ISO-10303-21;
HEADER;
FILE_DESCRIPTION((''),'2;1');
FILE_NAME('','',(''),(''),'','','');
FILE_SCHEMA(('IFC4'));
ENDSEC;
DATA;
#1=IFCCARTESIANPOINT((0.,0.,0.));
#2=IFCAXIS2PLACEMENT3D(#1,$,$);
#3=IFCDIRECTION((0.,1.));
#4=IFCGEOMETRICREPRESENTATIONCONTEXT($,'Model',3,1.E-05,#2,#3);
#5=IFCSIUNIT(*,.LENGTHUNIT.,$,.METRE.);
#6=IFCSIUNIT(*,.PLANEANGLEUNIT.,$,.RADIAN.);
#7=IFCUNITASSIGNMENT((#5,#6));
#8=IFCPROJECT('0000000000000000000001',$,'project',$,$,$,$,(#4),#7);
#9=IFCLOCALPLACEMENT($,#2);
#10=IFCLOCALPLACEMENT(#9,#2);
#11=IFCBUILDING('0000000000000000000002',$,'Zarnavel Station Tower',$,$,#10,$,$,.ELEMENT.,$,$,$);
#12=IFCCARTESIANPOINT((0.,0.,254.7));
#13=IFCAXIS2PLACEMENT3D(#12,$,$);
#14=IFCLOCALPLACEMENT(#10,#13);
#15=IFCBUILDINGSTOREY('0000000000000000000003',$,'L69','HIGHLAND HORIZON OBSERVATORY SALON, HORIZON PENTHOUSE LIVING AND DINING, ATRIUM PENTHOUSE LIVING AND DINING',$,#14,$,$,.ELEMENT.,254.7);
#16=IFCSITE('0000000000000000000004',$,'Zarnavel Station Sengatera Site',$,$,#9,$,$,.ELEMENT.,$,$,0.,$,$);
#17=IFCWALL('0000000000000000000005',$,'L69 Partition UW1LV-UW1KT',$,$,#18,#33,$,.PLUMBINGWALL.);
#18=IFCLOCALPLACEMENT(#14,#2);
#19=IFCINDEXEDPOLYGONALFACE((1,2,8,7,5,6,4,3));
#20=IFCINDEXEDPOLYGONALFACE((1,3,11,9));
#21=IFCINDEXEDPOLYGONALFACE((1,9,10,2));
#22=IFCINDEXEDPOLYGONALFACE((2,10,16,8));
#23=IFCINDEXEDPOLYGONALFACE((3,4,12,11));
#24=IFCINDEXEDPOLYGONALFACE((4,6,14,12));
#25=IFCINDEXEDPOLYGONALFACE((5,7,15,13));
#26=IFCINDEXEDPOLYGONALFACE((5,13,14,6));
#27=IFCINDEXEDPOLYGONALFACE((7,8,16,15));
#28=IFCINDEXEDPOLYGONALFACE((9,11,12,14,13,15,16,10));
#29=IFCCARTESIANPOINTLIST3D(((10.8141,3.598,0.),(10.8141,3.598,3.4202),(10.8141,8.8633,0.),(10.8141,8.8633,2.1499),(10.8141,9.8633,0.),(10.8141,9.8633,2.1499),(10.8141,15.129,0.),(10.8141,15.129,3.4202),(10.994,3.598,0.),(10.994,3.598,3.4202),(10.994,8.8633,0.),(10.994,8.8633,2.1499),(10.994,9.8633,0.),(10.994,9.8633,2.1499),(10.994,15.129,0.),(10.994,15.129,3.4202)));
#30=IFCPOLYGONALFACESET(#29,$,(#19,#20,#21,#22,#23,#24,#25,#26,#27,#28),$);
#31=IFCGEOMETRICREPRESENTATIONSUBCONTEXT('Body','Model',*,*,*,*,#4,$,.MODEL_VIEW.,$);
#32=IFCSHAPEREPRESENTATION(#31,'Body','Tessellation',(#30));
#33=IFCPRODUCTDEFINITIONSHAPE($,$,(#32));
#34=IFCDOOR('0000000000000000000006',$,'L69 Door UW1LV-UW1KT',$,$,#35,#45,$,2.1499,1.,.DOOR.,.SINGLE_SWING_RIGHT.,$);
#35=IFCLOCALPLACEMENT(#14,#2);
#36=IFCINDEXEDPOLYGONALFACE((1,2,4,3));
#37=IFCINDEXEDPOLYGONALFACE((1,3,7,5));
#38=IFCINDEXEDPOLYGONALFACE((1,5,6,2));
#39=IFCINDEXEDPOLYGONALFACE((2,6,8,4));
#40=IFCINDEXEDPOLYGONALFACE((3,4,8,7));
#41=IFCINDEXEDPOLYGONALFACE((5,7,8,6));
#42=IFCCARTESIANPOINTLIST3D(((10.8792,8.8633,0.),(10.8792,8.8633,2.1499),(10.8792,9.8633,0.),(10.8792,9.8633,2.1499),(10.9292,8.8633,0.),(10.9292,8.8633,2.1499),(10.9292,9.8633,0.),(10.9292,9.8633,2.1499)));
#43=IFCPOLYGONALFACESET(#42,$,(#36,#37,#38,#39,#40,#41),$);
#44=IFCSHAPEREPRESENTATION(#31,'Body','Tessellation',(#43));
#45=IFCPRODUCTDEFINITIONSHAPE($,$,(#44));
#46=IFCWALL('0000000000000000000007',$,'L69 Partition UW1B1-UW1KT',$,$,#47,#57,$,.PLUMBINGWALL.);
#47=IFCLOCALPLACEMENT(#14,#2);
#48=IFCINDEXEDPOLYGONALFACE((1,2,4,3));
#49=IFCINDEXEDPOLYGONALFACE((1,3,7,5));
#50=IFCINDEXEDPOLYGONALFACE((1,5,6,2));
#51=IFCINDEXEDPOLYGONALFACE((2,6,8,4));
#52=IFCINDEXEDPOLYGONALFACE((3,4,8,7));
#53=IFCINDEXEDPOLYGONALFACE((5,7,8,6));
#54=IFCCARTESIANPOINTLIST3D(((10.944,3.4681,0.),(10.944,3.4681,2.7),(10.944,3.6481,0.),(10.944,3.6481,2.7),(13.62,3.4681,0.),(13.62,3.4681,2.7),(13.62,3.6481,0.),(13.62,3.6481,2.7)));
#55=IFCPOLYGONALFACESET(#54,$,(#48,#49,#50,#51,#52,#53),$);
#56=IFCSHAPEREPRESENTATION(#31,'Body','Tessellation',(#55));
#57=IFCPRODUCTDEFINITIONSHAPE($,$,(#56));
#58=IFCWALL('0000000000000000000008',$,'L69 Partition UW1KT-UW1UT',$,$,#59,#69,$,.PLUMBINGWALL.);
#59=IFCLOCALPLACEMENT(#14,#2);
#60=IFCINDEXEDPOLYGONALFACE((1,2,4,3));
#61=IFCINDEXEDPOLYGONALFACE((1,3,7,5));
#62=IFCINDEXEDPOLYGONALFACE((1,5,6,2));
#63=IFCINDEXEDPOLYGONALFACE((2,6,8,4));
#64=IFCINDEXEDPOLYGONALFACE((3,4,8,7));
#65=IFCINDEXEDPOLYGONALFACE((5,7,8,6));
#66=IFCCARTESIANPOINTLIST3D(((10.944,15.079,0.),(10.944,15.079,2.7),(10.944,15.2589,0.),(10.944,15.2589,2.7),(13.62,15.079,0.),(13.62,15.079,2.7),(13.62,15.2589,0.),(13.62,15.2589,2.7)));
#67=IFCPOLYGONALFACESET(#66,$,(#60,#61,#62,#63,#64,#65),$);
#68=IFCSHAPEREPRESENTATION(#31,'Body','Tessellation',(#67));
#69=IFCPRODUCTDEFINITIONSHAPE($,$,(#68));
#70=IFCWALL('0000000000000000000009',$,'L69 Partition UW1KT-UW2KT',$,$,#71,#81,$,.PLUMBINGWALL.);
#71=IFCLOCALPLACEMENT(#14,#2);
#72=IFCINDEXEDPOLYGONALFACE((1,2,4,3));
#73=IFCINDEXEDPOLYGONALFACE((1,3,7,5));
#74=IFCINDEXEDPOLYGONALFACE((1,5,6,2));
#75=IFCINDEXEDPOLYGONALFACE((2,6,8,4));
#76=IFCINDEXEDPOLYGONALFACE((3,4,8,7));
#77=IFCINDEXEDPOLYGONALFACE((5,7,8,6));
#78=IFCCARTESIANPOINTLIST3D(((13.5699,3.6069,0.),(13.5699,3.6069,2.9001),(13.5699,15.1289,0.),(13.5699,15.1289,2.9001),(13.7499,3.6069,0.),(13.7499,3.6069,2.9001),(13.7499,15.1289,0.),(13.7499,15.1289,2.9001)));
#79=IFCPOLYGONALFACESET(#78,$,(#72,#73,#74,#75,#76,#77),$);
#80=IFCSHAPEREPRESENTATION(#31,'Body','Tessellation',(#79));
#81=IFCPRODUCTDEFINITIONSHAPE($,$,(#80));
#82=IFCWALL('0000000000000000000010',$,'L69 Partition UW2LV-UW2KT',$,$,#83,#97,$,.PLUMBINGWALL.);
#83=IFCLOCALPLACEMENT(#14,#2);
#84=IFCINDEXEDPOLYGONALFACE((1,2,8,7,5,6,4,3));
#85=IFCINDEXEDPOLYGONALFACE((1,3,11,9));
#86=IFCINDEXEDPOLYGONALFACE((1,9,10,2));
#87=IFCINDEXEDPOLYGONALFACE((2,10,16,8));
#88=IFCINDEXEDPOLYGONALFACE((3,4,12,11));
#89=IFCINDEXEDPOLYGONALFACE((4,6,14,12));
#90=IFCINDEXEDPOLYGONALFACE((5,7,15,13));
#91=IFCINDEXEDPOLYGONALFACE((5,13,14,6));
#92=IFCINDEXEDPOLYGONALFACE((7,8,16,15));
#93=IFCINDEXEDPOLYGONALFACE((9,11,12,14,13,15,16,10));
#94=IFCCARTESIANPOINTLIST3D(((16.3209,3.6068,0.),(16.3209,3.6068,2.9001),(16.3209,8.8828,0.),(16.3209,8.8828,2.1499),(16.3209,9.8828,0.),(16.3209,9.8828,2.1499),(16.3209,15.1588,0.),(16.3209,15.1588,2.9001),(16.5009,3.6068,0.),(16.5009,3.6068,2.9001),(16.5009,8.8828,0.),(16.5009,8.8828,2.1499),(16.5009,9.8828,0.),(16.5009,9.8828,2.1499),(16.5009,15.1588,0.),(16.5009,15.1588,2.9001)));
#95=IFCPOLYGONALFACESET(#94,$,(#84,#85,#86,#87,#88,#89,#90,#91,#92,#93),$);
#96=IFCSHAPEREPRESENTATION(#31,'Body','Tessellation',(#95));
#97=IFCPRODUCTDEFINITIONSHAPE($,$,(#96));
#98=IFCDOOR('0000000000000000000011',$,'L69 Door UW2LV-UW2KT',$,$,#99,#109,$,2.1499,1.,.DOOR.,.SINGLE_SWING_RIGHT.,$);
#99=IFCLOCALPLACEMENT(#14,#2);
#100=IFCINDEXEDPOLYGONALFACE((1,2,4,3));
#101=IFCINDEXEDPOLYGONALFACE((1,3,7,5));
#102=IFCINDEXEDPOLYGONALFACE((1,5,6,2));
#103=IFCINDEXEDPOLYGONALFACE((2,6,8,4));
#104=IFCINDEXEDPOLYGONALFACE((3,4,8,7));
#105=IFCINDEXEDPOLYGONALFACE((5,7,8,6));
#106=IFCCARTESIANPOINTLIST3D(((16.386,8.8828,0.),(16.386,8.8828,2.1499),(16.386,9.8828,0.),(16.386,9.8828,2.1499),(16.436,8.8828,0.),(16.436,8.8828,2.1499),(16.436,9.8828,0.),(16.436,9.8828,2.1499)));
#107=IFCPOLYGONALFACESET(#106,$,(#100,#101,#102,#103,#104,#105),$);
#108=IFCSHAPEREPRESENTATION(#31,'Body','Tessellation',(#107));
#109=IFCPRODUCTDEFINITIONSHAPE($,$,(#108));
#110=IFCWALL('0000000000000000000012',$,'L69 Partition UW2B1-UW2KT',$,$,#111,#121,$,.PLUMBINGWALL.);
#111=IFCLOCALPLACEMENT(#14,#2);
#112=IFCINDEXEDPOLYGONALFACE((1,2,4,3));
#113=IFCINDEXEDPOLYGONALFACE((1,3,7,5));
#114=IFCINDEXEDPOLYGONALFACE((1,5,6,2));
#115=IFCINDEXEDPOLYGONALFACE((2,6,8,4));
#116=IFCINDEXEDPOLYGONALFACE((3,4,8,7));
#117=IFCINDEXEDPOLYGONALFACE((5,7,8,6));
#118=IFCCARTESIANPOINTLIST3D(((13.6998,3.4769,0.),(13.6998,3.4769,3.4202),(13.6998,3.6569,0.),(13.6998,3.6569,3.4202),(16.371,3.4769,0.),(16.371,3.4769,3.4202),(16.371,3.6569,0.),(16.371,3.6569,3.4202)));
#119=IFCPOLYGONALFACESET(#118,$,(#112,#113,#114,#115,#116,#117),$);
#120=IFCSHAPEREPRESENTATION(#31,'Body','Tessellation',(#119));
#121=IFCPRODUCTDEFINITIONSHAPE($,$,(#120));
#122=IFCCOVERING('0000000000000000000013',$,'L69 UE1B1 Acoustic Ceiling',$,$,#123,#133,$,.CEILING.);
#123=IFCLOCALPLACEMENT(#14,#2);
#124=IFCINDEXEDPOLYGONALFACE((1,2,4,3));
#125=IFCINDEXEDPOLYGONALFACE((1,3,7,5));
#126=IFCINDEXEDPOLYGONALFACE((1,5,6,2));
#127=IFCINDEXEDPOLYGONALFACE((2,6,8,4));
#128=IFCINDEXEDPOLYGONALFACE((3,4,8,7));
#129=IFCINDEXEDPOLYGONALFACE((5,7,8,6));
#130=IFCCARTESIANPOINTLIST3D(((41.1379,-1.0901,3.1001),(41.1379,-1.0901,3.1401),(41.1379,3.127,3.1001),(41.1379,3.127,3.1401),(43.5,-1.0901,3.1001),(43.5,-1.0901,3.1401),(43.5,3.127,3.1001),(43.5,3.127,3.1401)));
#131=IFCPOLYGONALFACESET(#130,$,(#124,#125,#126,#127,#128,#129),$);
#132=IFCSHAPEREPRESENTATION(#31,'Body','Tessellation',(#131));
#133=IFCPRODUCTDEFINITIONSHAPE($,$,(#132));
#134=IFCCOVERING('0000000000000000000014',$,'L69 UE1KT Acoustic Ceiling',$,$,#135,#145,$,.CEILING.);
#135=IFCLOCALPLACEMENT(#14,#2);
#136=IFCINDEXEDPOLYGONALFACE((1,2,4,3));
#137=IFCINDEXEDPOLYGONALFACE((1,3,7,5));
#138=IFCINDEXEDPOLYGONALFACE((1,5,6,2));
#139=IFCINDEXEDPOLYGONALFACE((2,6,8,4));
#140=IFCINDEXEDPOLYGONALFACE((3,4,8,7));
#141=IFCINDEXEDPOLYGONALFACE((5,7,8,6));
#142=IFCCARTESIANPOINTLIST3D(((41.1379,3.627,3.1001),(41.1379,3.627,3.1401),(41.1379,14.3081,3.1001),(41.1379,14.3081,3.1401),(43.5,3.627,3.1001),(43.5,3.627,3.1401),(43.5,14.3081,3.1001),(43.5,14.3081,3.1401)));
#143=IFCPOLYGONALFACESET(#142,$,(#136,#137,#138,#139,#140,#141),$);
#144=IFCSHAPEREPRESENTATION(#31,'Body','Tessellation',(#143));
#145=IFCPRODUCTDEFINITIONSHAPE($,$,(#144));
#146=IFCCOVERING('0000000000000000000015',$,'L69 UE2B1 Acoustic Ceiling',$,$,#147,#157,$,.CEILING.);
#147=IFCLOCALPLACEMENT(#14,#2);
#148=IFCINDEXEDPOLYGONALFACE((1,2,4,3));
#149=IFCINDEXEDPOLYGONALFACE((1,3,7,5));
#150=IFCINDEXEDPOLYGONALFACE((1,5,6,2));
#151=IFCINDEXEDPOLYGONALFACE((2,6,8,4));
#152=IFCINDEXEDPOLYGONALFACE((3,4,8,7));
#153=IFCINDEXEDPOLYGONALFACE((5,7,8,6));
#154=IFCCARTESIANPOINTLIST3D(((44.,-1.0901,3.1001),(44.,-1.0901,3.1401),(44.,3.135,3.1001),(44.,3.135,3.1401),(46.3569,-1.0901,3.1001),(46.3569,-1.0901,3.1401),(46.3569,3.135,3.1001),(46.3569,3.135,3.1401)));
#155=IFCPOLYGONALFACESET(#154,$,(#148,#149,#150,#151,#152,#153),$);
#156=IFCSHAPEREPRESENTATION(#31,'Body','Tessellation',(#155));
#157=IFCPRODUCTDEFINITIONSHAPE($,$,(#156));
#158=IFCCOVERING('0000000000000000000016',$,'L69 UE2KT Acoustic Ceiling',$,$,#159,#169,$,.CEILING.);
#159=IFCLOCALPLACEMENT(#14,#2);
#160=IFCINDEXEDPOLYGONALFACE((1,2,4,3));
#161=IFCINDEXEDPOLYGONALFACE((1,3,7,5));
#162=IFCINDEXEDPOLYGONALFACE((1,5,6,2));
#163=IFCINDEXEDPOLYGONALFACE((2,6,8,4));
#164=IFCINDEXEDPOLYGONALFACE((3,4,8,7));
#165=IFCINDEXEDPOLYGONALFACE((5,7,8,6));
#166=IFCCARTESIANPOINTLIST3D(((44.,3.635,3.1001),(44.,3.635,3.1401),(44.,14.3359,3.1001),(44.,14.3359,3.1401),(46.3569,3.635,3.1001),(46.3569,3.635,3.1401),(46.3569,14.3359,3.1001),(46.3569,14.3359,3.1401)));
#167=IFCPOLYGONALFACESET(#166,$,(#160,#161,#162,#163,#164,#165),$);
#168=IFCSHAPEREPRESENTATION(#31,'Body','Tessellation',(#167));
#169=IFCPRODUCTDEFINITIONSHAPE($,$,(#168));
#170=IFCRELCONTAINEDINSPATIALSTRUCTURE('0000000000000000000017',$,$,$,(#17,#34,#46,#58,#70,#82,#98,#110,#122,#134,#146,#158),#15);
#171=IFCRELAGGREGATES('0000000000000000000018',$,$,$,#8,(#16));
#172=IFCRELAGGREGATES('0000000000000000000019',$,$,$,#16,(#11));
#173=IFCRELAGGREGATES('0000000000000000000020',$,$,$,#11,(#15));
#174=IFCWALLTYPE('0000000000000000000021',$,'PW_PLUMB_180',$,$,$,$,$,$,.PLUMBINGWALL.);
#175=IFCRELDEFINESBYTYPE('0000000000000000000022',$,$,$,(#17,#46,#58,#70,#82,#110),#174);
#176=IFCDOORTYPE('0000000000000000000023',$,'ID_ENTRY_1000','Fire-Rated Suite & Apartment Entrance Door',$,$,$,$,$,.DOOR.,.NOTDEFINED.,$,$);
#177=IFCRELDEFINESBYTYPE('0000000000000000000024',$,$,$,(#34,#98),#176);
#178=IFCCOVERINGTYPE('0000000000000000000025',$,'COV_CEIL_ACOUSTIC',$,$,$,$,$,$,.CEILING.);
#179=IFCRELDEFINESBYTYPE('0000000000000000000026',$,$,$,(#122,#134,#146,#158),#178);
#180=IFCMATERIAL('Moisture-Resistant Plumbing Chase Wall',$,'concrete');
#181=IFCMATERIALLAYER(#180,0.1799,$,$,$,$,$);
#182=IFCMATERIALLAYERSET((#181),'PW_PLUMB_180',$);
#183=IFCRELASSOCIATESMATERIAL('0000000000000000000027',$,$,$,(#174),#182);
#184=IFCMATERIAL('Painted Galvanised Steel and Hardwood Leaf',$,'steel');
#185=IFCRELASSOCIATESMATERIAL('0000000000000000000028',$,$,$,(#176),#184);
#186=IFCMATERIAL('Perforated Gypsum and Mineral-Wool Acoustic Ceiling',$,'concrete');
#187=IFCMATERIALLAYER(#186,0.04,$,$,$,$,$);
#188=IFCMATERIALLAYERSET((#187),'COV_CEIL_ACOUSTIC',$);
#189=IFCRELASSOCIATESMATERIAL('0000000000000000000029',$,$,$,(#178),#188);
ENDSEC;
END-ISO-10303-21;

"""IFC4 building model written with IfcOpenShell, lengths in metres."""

from ifc_helpers import new_model, si_unit, direction, frame, frame_2d, origin, place, context, subcontext, project, spatial, polyline, rectangle, outline, extrude, material, layer, layer_set, type_object, element, fill, save


model = new_model("IFC4")

# Units and contexts
model_context = context("Model", 3, precision=1e-05, world=origin(), true_north=direction((0.0, 1.0)))
body_context = subcontext(model_context, "Body", "Model", "MODEL_VIEW")
ifc_project = project(units=[si_unit("LENGTHUNIT", "METRE"), si_unit("PLANEANGLEUNIT", "RADIAN")], contexts=[model_context])

# Site, building, storey
site_placement = place(None, origin())
site = spatial("IfcSite", under=ifc_project, at=site_placement, Name="Zarnavel Station Sengatera Site", CompositionType="ELEMENT", RefElevation=0.0)
building_placement = place(site_placement, origin())
building = spatial("IfcBuilding", under=site, at=building_placement, Name="Zarnavel Station Tower", CompositionType="ELEMENT")
storey_placement = place(building_placement, frame((0.0, 0.0, 254.7)))
storey = spatial("IfcBuildingStorey", under=building, at=storey_placement, Name="L69", Description="HIGHLAND HORIZON OBSERVATORY SALON, HORIZON PENTHOUSE LIVING AND DINING, ATRIUM PENTHOUSE LIVING AND DINING", CompositionType="ELEMENT", Elevation=254.7)

# Wall, opening, door
ifc_material_1 = material(Name="Moisture-Resistant Plumbing Chase Wall", Category="concrete")
ifc_layer_1 = layer(ifc_material_1, 0.1799)
ifc_layer_set_1 = layer_set([ifc_layer_1], Name="PW_PLUMB_180")
wall_type_1 = type_object("IfcWallType", Name="PW_PLUMB_180", PredefinedType="PLUMBINGWALL", material=ifc_layer_set_1)
wall_1_placement = place(storey_placement, frame((10.9041, 3.5979, 0.0), z_axis=(0.0, 0.0, 1.0), x_axis=(0.0, 1.0, 0.0)))
wall_1 = element("IfcWall", 1, at=wall_1_placement, inside=storey, type_object=wall_type_1, Name="L69 Partition UW1LV-UW1KT", PredefinedType="PLUMBINGWALL", context=body_context, shape_type="SweptSolid", body=[
    extrude(rectangle(XDim=11.531, YDim=0.1799, at=frame_2d((5.7656, 0.0))), origin(), (0.0, 0.0, 1.0), 3.4202),
])
opening_1_placement = place(wall_1_placement, frame((5.2654, 0.0, 0.0)))
opening_1 = element("IfcOpeningElement", 2, at=opening_1_placement, cuts=wall_1, PredefinedType="OPENING", context=body_context, shape_type="SweptSolid", body=[
    extrude(rectangle(XDim=1.0, YDim=2.1499, at=frame_2d((0.5, 1.075))), frame((0.0, 0.0999, 0.0), z_axis=(0.0, -1.0, 0.0), x_axis=(1.0, 0.0, 0.0)), (0.0, 0.0, 1.0), 0.2),
])
ifc_material_2 = material(Name="Painted Galvanised Steel and Hardwood Leaf", Category="steel")
door_type = type_object("IfcDoorType", Name="ID_ENTRY_1000", Description="Fire-Rated Suite & Apartment Entrance Door", OperationType="NOTDEFINED", PredefinedType="DOOR", material=ifc_material_2)
door_1_placement = place(opening_1_placement, origin())
door_1 = element("IfcDoor", 3, at=door_1_placement, inside=storey, type_object=door_type, Name="L69 Door UW1LV-UW1KT", OperationType="SINGLE_SWING_RIGHT", OverallHeight=2.1499, OverallWidth=1.0, PredefinedType="DOOR", context=body_context, shape_type="SweptSolid", body=[
    extrude(rectangle(XDim=1.0, YDim=2.1499, at=frame_2d((0.5, 1.075))), frame((0.0, 0.0249, 0.0), z_axis=(0.0, -1.0, 0.0), x_axis=(1.0, 0.0, 0.0)), (0.0, 0.0, 1.0), 0.05),
])
fill(opening_1, door_1)

# Walls
for number, where, z_axis, x_axis, name in (
    (4, (10.9441, 3.5581, 0.0), (0.0, 0.0, 1.0), (1.0, 0.0, 0.0), "L69 Partition UW1B1-UW1KT"),
    (5, (10.9441, 15.1689, 0.0), (0.0, 0.0, 1.0), (1.0, 0.0, 0.0), "L69 Partition UW1KT-UW1UT"),
):
    element("IfcWall", number, at=place(storey_placement, frame(where, z_axis=z_axis, x_axis=x_axis)), inside=storey, type_object=wall_type_1, Name=name, PredefinedType="PLUMBINGWALL", context=body_context, shape_type="SweptSolid", body=[
        extrude(rectangle(XDim=2.676, YDim=0.1799, at=frame_2d((1.3379, 0.0))), origin(), (0.0, 0.0, 1.0), 2.7),
    ])
wall_2_placement = place(storey_placement, frame((13.6599, 3.6069, 0.0), z_axis=(0.0, 0.0, 1.0), x_axis=(0.0, 1.0, 0.0)))
element("IfcWall", 6, at=wall_2_placement, inside=storey, type_object=wall_type_1, Name="L69 Partition UW1KT-UW2KT", PredefinedType="PLUMBINGWALL", context=body_context, shape_type="SweptSolid", body=[
    extrude(rectangle(XDim=11.522, YDim=0.1799, at=frame_2d((5.761, 0.0))), origin(), (0.0, 0.0, 1.0), 2.9001),
])

# Wall, opening, door
wall_3_placement = place(storey_placement, frame((16.4109, 3.6069, 0.0), z_axis=(0.0, 0.0, 1.0), x_axis=(0.0, 1.0, 0.0)))
wall_3 = element("IfcWall", 7, at=wall_3_placement, inside=storey, type_object=wall_type_1, Name="L69 Partition UW2LV-UW2KT", PredefinedType="PLUMBINGWALL", context=body_context, shape_type="SweptSolid", body=[
    extrude(rectangle(XDim=11.552, YDim=0.1799, at=frame_2d((5.7759, 0.0))), origin(), (0.0, 0.0, 1.0), 2.9001),
])
opening_2_placement = place(wall_3_placement, frame((5.2759, 0.0, 0.0)))
opening_2 = element("IfcOpeningElement", 8, at=opening_2_placement, cuts=wall_3, PredefinedType="OPENING", context=body_context, shape_type="SweptSolid", body=[
    extrude(rectangle(XDim=1.0, YDim=2.1499, at=frame_2d((0.5, 1.075))), frame((0.0, 0.0999, 0.0), z_axis=(0.0, -1.0, 0.0), x_axis=(1.0, 0.0, 0.0)), (0.0, 0.0, 1.0), 0.2),
])
door_2_placement = place(opening_2_placement, origin())
door_2 = element("IfcDoor", 9, at=door_2_placement, inside=storey, type_object=door_type, Name="L69 Door UW2LV-UW2KT", OperationType="SINGLE_SWING_RIGHT", OverallHeight=2.1499, OverallWidth=1.0, PredefinedType="DOOR", context=body_context, shape_type="SweptSolid", body=[
    extrude(rectangle(XDim=1.0, YDim=2.1499, at=frame_2d((0.5, 1.075))), frame((0.0, 0.0249, 0.0), z_axis=(0.0, -1.0, 0.0), x_axis=(1.0, 0.0, 0.0)), (0.0, 0.0, 1.0), 0.05),
])
fill(opening_2, door_2)

# Wall
wall_4_placement = place(storey_placement, frame((13.7, 3.5669, 0.0), z_axis=(0.0, 0.0, 1.0), x_axis=(1.0, 0.0, 0.0)))
element("IfcWall", 10, at=wall_4_placement, inside=storey, type_object=wall_type_1, Name="L69 Partition UW2B1-UW2KT", PredefinedType="PLUMBINGWALL", context=body_context, shape_type="SweptSolid", body=[
    extrude(rectangle(XDim=2.6711, YDim=0.1799, at=frame_2d((1.3354, 0.0))), origin(), (0.0, 0.0, 1.0), 3.4202),
])

# Coverings
ifc_material_3 = material(Name="Perforated Gypsum and Mineral-Wool Acoustic Ceiling", Category="concrete")
ifc_layer_2 = layer(ifc_material_3, 0.04)
ifc_layer_set_2 = layer_set([ifc_layer_2], Name="COV_CEIL_ACOUSTIC")
covering_type = type_object("IfcCoveringType", Name="COV_CEIL_ACOUSTIC", PredefinedType="CEILING", material=ifc_layer_set_2)
covering_1_placement = place(storey_placement, frame((0.0, 0.0, 3.1001)))
element("IfcCovering", 11, at=covering_1_placement, inside=storey, type_object=covering_type, Name="L69 UE1B1 Acoustic Ceiling", PredefinedType="CEILING", context=body_context, shape_type="SweptSolid", body=[
    extrude(outline(polyline([(41.1379, -1.0901), (43.5, -1.0901), (43.5, 3.127), (41.1379, 3.127), (41.1379, -1.0901)])), origin(), (0.0, 0.0, 1.0), 0.04),
])
covering_2_placement = place(storey_placement, frame((0.0, 0.0, 3.1001)))
element("IfcCovering", 12, at=covering_2_placement, inside=storey, type_object=covering_type, Name="L69 UE1KT Acoustic Ceiling", PredefinedType="CEILING", context=body_context, shape_type="SweptSolid", body=[
    extrude(outline(polyline([(41.1379, 3.627), (43.5, 3.627), (43.5, 14.3081), (41.1379, 14.3081), (41.1379, 3.627)])), origin(), (0.0, 0.0, 1.0), 0.04),
])
covering_3_placement = place(storey_placement, frame((0.0, 0.0, 3.1001)))
element("IfcCovering", 13, at=covering_3_placement, inside=storey, type_object=covering_type, Name="L69 UE2B1 Acoustic Ceiling", PredefinedType="CEILING", context=body_context, shape_type="SweptSolid", body=[
    extrude(outline(polyline([(44.0, -1.0901), (46.3569, -1.0901), (46.3569, 3.135), (44.0, 3.135), (44.0, -1.0901)])), origin(), (0.0, 0.0, 1.0), 0.04),
])
covering_4_placement = place(storey_placement, frame((0.0, 0.0, 3.1001)))
element("IfcCovering", 14, at=covering_4_placement, inside=storey, type_object=covering_type, Name="L69 UE2KT Acoustic Ceiling", PredefinedType="CEILING", context=body_context, shape_type="SweptSolid", body=[
    extrude(outline(polyline([(44.0, 3.635), (46.3569, 3.635), (46.3569, 14.3359), (44.0, 14.3359), (44.0, 3.635)])), origin(), (0.0, 0.0, 1.0), 0.04),
])

save(model, "model.ifc")
